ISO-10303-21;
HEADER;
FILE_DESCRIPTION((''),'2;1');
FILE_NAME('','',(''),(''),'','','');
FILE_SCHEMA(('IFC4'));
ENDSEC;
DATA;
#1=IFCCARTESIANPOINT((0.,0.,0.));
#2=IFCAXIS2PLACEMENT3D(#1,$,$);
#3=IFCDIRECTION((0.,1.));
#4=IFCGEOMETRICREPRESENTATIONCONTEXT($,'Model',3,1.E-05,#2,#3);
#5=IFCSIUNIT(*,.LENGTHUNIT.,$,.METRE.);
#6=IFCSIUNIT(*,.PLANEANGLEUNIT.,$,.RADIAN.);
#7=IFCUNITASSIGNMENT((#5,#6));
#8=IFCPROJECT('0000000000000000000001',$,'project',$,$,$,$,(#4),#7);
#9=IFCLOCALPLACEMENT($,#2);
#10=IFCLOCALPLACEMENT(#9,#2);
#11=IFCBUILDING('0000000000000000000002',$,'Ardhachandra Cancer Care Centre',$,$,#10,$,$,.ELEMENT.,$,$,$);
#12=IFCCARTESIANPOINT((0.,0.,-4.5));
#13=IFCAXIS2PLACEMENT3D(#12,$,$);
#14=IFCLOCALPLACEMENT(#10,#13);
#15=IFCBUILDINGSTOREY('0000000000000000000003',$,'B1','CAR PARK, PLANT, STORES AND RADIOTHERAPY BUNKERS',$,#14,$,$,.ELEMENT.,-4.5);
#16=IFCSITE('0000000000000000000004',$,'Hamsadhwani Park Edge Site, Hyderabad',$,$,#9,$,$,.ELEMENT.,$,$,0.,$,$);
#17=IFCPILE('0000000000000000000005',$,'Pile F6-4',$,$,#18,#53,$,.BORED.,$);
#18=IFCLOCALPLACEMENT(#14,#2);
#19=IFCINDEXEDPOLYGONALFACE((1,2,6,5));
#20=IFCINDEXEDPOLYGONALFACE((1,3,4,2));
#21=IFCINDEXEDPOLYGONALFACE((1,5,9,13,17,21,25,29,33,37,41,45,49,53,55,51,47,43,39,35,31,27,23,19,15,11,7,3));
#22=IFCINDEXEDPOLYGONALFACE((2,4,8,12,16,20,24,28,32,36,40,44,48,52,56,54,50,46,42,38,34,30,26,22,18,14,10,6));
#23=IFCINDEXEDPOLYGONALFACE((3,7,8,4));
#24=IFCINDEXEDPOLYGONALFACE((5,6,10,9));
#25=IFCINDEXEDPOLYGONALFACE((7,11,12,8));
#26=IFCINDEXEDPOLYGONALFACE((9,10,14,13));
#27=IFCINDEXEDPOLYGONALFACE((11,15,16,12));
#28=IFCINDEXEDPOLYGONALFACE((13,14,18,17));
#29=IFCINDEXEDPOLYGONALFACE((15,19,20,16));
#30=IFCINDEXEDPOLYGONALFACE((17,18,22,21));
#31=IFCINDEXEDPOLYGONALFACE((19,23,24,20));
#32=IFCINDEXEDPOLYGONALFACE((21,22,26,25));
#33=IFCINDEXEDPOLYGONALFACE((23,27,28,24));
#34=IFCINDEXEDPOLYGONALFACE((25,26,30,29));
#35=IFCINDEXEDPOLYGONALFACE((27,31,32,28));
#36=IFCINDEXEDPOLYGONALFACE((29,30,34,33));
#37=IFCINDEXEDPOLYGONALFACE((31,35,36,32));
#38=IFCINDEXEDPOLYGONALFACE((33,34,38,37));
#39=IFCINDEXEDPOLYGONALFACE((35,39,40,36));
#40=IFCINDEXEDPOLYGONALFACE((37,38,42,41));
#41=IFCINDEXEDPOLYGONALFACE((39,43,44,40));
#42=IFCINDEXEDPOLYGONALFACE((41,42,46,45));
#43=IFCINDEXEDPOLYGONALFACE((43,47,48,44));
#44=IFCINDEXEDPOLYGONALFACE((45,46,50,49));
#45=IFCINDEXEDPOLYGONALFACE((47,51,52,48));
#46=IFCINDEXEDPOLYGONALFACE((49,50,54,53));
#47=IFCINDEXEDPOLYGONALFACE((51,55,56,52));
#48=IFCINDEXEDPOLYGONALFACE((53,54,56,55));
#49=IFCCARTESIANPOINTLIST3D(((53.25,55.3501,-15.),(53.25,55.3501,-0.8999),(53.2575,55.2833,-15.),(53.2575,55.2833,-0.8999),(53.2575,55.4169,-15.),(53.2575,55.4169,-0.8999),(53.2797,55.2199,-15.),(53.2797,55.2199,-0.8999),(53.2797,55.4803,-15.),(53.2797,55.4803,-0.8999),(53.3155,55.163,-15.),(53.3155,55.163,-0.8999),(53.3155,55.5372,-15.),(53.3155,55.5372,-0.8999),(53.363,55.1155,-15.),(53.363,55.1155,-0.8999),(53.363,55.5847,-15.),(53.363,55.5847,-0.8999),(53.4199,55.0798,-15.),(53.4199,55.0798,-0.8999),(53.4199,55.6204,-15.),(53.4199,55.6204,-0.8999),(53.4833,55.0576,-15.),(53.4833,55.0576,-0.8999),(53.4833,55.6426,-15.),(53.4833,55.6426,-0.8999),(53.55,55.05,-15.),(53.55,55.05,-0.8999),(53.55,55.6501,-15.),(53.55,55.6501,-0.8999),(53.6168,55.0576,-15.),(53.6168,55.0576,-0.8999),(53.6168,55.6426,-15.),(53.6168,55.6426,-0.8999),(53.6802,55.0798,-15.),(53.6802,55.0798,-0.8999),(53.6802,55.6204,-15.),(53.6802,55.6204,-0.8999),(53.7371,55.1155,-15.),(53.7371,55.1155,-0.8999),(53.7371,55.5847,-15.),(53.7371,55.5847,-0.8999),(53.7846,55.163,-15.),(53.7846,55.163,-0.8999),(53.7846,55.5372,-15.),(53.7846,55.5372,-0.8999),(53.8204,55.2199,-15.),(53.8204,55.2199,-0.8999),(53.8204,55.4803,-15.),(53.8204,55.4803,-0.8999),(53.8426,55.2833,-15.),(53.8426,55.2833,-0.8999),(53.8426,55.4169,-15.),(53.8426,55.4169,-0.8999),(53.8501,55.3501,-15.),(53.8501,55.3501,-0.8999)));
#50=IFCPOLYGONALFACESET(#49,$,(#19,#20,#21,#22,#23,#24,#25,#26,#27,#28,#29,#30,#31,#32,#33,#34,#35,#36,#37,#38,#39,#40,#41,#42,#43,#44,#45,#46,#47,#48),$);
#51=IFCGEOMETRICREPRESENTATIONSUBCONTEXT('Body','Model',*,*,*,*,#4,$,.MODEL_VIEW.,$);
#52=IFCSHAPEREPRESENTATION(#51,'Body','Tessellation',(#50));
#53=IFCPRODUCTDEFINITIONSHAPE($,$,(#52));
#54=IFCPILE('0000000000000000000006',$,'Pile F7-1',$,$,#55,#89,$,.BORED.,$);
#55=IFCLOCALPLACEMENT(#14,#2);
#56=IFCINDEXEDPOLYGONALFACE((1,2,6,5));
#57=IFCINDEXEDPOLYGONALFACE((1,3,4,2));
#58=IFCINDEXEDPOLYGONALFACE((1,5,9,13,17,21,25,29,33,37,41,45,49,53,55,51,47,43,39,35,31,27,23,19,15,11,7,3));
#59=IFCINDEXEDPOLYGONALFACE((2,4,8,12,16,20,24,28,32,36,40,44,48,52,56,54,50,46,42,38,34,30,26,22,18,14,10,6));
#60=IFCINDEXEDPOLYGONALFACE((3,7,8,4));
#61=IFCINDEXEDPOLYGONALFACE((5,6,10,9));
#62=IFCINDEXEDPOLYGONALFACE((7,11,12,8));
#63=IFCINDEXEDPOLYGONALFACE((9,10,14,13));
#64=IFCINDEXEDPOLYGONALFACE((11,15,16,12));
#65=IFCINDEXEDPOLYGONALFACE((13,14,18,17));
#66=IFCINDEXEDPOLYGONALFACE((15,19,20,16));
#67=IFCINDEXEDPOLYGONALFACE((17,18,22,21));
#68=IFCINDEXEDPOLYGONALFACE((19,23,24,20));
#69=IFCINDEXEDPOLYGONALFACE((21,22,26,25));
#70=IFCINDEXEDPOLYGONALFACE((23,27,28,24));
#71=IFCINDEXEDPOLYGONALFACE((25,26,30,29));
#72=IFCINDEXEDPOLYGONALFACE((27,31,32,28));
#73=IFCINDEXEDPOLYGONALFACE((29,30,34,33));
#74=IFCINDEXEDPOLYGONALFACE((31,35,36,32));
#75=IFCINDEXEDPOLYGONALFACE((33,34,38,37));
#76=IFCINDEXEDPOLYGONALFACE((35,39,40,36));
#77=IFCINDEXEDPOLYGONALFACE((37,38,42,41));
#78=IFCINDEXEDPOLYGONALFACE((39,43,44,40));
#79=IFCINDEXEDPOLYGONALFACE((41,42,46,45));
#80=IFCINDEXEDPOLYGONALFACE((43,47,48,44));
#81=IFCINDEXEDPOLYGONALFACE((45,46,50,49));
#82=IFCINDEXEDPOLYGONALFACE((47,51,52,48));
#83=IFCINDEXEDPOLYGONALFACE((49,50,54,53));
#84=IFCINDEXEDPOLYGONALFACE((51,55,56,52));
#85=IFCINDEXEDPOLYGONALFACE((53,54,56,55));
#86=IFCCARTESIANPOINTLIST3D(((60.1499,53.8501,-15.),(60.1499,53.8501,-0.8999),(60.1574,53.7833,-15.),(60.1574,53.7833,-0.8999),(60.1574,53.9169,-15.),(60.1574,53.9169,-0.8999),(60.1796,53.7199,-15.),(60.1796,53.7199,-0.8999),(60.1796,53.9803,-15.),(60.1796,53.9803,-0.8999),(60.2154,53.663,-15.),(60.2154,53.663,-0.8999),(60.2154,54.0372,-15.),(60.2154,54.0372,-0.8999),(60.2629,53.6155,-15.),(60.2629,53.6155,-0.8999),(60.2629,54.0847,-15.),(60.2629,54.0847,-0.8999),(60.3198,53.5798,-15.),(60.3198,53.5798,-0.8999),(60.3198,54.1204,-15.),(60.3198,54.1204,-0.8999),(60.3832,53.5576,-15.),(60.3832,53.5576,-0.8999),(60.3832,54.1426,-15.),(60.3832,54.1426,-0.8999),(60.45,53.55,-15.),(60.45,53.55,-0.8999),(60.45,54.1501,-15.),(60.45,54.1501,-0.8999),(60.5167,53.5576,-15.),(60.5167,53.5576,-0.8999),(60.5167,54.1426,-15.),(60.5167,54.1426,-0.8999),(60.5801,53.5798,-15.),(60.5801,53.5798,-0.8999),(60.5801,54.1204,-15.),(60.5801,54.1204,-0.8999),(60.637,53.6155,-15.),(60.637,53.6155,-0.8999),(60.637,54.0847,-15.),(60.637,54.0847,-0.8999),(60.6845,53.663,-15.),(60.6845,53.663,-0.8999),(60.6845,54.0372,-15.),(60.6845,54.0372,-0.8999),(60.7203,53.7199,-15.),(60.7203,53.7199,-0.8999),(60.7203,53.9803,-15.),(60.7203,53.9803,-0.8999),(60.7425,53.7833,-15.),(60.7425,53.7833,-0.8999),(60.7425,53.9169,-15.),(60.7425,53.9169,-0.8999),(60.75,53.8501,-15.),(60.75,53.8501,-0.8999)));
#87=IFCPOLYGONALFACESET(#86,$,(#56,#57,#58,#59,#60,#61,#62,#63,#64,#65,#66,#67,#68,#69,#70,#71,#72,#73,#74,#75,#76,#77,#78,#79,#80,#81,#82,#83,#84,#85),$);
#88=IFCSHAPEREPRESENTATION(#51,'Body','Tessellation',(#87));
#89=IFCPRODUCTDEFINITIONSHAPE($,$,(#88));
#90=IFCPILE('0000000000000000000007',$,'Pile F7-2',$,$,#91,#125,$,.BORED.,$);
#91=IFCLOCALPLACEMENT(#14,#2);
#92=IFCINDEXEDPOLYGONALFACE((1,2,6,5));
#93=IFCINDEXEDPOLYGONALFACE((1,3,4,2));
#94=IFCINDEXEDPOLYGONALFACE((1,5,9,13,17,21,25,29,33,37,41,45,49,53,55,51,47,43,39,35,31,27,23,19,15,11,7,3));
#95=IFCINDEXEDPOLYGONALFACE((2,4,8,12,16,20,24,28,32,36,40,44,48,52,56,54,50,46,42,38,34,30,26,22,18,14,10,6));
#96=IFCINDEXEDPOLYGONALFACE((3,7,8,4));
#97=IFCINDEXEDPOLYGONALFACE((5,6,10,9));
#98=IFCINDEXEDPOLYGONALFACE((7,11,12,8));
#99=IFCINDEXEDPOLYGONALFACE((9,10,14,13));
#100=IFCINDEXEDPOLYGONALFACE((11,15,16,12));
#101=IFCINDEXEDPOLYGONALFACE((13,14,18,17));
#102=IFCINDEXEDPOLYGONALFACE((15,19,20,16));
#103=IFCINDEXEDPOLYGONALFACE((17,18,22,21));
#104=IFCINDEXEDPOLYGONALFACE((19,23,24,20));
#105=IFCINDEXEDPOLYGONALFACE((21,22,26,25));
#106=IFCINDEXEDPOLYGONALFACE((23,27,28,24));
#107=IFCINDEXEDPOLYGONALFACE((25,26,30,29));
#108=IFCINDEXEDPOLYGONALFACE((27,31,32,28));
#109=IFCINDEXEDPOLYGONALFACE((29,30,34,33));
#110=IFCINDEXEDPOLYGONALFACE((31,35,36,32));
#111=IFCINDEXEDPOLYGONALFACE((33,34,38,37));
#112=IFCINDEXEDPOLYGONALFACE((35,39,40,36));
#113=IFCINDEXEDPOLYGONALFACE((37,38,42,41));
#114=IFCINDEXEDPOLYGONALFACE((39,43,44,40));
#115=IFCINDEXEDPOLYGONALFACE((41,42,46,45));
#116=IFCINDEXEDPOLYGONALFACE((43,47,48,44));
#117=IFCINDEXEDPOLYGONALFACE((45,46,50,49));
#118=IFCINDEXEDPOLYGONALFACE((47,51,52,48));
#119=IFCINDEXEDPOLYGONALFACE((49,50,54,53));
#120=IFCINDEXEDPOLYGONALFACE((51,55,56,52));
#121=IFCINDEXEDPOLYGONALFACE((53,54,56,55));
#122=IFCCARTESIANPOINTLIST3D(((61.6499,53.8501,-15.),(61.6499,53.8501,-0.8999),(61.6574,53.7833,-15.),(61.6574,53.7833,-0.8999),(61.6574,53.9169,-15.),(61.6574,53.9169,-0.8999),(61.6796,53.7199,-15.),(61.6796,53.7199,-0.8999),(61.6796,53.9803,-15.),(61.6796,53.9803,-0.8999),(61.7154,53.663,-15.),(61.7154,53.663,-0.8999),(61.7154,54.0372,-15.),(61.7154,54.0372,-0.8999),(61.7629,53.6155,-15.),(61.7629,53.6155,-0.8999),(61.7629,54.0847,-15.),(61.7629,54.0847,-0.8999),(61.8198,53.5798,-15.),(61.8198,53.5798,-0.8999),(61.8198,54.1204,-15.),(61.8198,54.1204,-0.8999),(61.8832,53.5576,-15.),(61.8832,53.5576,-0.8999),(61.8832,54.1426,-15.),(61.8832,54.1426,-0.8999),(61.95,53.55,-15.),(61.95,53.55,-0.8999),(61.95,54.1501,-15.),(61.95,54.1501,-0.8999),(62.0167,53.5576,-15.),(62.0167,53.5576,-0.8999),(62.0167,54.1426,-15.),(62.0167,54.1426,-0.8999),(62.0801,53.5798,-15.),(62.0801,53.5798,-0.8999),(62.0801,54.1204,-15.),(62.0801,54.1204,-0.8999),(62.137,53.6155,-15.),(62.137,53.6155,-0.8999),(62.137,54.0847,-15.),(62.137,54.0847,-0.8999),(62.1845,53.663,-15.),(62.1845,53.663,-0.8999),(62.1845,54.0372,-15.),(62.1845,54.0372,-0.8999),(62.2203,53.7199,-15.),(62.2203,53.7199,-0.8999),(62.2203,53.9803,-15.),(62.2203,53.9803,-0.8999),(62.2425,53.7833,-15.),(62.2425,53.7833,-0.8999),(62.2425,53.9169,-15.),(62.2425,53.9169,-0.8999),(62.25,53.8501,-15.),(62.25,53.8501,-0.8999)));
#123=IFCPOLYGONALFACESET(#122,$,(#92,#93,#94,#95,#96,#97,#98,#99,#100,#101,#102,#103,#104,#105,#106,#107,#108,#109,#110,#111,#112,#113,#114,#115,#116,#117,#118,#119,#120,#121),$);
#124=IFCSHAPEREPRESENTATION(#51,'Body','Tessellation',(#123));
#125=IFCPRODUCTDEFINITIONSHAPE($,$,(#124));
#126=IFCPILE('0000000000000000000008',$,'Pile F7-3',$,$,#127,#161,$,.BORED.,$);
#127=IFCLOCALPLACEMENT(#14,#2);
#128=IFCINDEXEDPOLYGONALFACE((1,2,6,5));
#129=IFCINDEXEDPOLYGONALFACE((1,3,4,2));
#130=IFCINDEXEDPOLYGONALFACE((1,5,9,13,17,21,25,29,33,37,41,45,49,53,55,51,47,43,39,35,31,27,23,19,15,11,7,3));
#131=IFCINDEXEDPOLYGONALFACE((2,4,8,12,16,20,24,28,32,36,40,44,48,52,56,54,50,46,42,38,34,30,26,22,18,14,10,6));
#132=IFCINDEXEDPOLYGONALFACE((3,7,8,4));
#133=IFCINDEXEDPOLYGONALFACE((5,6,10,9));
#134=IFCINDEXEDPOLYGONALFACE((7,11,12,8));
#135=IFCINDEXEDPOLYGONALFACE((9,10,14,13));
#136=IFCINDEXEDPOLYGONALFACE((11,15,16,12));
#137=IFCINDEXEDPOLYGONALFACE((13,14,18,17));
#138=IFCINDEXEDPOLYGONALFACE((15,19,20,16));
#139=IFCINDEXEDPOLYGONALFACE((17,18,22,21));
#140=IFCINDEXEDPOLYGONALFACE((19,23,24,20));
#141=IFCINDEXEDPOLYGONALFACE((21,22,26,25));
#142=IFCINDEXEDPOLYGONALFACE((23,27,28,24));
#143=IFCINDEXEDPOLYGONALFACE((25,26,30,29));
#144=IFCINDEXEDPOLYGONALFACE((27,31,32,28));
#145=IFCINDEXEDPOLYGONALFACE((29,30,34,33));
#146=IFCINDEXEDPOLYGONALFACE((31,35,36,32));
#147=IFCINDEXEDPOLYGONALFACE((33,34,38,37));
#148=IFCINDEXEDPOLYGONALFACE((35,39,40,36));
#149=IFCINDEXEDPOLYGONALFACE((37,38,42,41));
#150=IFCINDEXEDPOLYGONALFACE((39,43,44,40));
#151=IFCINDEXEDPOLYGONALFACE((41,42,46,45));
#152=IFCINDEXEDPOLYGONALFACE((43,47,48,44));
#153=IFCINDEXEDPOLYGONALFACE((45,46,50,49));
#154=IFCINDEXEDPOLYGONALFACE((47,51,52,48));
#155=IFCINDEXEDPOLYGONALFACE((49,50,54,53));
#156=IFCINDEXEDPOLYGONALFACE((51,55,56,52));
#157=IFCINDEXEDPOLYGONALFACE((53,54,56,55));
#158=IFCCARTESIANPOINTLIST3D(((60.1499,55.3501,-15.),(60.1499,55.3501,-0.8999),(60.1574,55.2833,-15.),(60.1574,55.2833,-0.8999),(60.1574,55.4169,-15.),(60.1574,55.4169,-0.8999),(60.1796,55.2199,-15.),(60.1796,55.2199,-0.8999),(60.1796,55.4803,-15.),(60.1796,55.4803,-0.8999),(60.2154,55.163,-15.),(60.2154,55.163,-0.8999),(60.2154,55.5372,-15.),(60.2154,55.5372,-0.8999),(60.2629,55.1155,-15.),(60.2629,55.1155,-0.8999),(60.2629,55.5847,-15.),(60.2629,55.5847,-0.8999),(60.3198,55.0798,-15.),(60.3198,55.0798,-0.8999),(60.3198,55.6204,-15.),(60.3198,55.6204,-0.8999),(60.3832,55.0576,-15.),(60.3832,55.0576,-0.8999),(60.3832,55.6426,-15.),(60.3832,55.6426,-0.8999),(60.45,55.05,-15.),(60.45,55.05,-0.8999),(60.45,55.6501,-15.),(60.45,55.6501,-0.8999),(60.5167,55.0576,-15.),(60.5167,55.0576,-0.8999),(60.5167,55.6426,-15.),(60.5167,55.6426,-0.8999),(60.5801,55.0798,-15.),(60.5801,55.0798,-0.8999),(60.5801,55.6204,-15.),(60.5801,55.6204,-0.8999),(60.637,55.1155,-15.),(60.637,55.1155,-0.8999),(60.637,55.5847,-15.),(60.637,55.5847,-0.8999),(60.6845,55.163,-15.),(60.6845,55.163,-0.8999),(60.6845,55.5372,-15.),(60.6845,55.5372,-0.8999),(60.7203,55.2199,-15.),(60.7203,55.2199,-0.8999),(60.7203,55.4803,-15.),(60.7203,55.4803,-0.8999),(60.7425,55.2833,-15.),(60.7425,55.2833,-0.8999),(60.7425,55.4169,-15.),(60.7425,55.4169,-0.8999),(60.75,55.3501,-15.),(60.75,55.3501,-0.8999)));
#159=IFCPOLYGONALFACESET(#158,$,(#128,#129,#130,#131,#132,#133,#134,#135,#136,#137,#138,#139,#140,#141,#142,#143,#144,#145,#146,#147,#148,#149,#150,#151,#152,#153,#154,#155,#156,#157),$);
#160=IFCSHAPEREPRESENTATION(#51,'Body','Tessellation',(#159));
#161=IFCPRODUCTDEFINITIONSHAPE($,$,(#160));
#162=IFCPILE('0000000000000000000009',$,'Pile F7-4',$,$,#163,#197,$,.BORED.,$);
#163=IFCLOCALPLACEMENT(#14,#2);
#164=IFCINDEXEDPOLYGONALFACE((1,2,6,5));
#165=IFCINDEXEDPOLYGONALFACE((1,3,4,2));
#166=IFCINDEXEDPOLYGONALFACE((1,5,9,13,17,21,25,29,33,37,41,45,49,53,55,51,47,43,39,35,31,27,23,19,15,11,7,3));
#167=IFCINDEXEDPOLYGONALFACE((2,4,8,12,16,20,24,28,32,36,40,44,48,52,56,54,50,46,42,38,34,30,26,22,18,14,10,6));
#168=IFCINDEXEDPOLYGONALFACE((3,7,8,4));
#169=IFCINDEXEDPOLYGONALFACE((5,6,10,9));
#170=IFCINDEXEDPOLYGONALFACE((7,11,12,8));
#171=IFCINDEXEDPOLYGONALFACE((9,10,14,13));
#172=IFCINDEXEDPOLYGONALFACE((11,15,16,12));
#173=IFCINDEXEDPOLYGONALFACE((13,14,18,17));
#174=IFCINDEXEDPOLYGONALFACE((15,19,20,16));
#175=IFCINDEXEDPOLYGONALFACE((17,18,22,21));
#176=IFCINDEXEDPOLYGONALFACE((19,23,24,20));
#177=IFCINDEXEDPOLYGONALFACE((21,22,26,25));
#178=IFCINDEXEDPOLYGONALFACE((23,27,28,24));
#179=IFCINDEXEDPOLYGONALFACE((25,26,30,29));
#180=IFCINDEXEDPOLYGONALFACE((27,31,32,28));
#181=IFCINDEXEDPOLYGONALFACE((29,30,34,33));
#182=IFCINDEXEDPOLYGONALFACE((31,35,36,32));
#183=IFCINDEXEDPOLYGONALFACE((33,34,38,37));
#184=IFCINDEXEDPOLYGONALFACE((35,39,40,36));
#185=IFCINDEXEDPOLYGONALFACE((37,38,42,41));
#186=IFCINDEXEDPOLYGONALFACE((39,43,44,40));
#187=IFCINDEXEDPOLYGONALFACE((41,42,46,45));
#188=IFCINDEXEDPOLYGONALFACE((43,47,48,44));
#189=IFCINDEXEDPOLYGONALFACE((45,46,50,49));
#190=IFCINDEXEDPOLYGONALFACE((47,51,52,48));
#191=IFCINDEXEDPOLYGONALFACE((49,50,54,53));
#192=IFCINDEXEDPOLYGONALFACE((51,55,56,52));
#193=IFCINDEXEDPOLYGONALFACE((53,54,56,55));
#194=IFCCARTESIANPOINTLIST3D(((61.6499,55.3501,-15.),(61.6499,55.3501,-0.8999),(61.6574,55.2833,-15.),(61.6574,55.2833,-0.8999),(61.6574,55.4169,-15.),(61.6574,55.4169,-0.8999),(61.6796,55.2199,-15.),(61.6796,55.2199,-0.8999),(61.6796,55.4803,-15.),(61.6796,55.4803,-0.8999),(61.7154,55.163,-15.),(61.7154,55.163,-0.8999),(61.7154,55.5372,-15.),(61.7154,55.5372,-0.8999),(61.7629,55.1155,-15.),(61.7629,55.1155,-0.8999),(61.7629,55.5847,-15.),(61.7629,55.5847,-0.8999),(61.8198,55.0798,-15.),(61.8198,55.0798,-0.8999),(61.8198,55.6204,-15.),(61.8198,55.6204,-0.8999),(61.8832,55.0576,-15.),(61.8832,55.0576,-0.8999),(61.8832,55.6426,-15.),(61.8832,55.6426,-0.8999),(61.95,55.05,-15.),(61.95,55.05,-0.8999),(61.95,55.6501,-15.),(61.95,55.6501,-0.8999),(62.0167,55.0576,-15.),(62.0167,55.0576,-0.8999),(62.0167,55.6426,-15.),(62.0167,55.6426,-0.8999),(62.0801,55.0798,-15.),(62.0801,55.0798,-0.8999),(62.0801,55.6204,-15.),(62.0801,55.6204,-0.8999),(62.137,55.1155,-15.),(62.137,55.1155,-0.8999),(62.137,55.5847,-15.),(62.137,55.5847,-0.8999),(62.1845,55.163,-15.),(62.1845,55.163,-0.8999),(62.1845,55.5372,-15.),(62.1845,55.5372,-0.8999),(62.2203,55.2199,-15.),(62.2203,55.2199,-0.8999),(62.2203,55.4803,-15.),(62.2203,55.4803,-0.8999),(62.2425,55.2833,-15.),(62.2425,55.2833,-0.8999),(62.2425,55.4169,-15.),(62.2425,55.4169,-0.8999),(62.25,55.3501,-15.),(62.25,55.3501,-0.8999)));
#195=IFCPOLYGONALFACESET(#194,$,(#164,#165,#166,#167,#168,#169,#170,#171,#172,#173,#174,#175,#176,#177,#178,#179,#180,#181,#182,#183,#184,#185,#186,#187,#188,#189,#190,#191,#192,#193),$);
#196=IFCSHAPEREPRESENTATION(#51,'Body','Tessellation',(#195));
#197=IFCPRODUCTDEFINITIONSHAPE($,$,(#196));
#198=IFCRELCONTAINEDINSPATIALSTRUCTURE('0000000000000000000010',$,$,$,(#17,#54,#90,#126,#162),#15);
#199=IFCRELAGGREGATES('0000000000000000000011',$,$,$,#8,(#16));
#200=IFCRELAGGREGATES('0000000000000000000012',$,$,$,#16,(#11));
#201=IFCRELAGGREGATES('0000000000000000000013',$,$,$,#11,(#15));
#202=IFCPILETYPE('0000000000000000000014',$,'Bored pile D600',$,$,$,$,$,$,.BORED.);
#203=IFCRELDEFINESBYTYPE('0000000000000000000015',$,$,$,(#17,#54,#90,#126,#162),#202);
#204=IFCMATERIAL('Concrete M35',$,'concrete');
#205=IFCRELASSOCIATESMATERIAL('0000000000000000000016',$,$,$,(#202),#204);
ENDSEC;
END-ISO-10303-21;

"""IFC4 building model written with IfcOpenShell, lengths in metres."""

from ifc_helpers import new_model, si_unit, direction, frame, origin, origin_2d, place, context, subcontext, project, spatial, circle, extrude, material, material_profile, profile_set, type_object, element, save


model = new_model("IFC4")

# Units and contexts
model_context = context("Model", 3, precision=1e-05, world=origin(), true_north=direction((0.0, 1.0)))
body_context = subcontext(model_context, "Body", "Model", "MODEL_VIEW")
ifc_project = project(units=[si_unit("LENGTHUNIT", "METRE"), si_unit("PLANEANGLEUNIT", "RADIAN")], contexts=[model_context])

# Site, building, storey
site_placement = place(None, origin())
site = spatial("IfcSite", under=ifc_project, at=site_placement, Name="Hamsadhwani Park Edge Site, Hyderabad", CompositionType="ELEMENT", RefElevation=0.0)
building_placement = place(site_placement, origin())
building = spatial("IfcBuilding", under=site, at=building_placement, Name="Ardhachandra Cancer Care Centre", CompositionType="ELEMENT")
storey_placement = place(building_placement, frame((0.0, 0.0, -4.5)))
storey = spatial("IfcBuildingStorey", under=building, at=storey_placement, Name="B1", Description="CAR PARK, PLANT, STORES AND RADIOTHERAPY BUNKERS", CompositionType="ELEMENT", Elevation=-4.5)

# Piles
ifc_material_1 = material(Name="Concrete M35", Category="concrete")
ifc_material_profile_1 = material_profile(ifc_material_1, circle(Radius=0.3, at=origin_2d()), Name="D600")
ifc_profile_set_1 = profile_set([ifc_material_profile_1], Name="Concrete M35")
pile_type = type_object("IfcPileType", Name="Bored pile D600", PredefinedType="BORED", material=ifc_profile_set_1)
for number, where, z_axis, x_axis, name in (
    (1, (53.55, 55.3501, -0.8999), (0.0, 0.0, -1.0), (1.0, 0.0, 0.0), "Pile F6-4"),
    (2, (60.45, 53.8501, -0.8999), (0.0, 0.0, -1.0), (1.0, 0.0, 0.0), "Pile F7-1"),
    (3, (61.95, 53.8501, -0.8999), (0.0, 0.0, -1.0), (1.0, 0.0, 0.0), "Pile F7-2"),
    (4, (60.45, 55.3501, -0.8999), (0.0, 0.0, -1.0), (1.0, 0.0, 0.0), "Pile F7-3"),
    (5, (61.95, 55.3501, -0.8999), (0.0, 0.0, -1.0), (1.0, 0.0, 0.0), "Pile F7-4"),
):
    element("IfcPile", number, at=place(storey_placement, frame(where, z_axis=z_axis, x_axis=x_axis)), inside=storey, type_object=pile_type, Name=name, PredefinedType="BORED", context=body_context, shape_type="SweptSolid", body=[
        extrude(circle(Radius=0.3, at=origin_2d()), origin(), (0.0, 0.0, 1.0), 14.1001),
    ])

save(model, "model.ifc")
